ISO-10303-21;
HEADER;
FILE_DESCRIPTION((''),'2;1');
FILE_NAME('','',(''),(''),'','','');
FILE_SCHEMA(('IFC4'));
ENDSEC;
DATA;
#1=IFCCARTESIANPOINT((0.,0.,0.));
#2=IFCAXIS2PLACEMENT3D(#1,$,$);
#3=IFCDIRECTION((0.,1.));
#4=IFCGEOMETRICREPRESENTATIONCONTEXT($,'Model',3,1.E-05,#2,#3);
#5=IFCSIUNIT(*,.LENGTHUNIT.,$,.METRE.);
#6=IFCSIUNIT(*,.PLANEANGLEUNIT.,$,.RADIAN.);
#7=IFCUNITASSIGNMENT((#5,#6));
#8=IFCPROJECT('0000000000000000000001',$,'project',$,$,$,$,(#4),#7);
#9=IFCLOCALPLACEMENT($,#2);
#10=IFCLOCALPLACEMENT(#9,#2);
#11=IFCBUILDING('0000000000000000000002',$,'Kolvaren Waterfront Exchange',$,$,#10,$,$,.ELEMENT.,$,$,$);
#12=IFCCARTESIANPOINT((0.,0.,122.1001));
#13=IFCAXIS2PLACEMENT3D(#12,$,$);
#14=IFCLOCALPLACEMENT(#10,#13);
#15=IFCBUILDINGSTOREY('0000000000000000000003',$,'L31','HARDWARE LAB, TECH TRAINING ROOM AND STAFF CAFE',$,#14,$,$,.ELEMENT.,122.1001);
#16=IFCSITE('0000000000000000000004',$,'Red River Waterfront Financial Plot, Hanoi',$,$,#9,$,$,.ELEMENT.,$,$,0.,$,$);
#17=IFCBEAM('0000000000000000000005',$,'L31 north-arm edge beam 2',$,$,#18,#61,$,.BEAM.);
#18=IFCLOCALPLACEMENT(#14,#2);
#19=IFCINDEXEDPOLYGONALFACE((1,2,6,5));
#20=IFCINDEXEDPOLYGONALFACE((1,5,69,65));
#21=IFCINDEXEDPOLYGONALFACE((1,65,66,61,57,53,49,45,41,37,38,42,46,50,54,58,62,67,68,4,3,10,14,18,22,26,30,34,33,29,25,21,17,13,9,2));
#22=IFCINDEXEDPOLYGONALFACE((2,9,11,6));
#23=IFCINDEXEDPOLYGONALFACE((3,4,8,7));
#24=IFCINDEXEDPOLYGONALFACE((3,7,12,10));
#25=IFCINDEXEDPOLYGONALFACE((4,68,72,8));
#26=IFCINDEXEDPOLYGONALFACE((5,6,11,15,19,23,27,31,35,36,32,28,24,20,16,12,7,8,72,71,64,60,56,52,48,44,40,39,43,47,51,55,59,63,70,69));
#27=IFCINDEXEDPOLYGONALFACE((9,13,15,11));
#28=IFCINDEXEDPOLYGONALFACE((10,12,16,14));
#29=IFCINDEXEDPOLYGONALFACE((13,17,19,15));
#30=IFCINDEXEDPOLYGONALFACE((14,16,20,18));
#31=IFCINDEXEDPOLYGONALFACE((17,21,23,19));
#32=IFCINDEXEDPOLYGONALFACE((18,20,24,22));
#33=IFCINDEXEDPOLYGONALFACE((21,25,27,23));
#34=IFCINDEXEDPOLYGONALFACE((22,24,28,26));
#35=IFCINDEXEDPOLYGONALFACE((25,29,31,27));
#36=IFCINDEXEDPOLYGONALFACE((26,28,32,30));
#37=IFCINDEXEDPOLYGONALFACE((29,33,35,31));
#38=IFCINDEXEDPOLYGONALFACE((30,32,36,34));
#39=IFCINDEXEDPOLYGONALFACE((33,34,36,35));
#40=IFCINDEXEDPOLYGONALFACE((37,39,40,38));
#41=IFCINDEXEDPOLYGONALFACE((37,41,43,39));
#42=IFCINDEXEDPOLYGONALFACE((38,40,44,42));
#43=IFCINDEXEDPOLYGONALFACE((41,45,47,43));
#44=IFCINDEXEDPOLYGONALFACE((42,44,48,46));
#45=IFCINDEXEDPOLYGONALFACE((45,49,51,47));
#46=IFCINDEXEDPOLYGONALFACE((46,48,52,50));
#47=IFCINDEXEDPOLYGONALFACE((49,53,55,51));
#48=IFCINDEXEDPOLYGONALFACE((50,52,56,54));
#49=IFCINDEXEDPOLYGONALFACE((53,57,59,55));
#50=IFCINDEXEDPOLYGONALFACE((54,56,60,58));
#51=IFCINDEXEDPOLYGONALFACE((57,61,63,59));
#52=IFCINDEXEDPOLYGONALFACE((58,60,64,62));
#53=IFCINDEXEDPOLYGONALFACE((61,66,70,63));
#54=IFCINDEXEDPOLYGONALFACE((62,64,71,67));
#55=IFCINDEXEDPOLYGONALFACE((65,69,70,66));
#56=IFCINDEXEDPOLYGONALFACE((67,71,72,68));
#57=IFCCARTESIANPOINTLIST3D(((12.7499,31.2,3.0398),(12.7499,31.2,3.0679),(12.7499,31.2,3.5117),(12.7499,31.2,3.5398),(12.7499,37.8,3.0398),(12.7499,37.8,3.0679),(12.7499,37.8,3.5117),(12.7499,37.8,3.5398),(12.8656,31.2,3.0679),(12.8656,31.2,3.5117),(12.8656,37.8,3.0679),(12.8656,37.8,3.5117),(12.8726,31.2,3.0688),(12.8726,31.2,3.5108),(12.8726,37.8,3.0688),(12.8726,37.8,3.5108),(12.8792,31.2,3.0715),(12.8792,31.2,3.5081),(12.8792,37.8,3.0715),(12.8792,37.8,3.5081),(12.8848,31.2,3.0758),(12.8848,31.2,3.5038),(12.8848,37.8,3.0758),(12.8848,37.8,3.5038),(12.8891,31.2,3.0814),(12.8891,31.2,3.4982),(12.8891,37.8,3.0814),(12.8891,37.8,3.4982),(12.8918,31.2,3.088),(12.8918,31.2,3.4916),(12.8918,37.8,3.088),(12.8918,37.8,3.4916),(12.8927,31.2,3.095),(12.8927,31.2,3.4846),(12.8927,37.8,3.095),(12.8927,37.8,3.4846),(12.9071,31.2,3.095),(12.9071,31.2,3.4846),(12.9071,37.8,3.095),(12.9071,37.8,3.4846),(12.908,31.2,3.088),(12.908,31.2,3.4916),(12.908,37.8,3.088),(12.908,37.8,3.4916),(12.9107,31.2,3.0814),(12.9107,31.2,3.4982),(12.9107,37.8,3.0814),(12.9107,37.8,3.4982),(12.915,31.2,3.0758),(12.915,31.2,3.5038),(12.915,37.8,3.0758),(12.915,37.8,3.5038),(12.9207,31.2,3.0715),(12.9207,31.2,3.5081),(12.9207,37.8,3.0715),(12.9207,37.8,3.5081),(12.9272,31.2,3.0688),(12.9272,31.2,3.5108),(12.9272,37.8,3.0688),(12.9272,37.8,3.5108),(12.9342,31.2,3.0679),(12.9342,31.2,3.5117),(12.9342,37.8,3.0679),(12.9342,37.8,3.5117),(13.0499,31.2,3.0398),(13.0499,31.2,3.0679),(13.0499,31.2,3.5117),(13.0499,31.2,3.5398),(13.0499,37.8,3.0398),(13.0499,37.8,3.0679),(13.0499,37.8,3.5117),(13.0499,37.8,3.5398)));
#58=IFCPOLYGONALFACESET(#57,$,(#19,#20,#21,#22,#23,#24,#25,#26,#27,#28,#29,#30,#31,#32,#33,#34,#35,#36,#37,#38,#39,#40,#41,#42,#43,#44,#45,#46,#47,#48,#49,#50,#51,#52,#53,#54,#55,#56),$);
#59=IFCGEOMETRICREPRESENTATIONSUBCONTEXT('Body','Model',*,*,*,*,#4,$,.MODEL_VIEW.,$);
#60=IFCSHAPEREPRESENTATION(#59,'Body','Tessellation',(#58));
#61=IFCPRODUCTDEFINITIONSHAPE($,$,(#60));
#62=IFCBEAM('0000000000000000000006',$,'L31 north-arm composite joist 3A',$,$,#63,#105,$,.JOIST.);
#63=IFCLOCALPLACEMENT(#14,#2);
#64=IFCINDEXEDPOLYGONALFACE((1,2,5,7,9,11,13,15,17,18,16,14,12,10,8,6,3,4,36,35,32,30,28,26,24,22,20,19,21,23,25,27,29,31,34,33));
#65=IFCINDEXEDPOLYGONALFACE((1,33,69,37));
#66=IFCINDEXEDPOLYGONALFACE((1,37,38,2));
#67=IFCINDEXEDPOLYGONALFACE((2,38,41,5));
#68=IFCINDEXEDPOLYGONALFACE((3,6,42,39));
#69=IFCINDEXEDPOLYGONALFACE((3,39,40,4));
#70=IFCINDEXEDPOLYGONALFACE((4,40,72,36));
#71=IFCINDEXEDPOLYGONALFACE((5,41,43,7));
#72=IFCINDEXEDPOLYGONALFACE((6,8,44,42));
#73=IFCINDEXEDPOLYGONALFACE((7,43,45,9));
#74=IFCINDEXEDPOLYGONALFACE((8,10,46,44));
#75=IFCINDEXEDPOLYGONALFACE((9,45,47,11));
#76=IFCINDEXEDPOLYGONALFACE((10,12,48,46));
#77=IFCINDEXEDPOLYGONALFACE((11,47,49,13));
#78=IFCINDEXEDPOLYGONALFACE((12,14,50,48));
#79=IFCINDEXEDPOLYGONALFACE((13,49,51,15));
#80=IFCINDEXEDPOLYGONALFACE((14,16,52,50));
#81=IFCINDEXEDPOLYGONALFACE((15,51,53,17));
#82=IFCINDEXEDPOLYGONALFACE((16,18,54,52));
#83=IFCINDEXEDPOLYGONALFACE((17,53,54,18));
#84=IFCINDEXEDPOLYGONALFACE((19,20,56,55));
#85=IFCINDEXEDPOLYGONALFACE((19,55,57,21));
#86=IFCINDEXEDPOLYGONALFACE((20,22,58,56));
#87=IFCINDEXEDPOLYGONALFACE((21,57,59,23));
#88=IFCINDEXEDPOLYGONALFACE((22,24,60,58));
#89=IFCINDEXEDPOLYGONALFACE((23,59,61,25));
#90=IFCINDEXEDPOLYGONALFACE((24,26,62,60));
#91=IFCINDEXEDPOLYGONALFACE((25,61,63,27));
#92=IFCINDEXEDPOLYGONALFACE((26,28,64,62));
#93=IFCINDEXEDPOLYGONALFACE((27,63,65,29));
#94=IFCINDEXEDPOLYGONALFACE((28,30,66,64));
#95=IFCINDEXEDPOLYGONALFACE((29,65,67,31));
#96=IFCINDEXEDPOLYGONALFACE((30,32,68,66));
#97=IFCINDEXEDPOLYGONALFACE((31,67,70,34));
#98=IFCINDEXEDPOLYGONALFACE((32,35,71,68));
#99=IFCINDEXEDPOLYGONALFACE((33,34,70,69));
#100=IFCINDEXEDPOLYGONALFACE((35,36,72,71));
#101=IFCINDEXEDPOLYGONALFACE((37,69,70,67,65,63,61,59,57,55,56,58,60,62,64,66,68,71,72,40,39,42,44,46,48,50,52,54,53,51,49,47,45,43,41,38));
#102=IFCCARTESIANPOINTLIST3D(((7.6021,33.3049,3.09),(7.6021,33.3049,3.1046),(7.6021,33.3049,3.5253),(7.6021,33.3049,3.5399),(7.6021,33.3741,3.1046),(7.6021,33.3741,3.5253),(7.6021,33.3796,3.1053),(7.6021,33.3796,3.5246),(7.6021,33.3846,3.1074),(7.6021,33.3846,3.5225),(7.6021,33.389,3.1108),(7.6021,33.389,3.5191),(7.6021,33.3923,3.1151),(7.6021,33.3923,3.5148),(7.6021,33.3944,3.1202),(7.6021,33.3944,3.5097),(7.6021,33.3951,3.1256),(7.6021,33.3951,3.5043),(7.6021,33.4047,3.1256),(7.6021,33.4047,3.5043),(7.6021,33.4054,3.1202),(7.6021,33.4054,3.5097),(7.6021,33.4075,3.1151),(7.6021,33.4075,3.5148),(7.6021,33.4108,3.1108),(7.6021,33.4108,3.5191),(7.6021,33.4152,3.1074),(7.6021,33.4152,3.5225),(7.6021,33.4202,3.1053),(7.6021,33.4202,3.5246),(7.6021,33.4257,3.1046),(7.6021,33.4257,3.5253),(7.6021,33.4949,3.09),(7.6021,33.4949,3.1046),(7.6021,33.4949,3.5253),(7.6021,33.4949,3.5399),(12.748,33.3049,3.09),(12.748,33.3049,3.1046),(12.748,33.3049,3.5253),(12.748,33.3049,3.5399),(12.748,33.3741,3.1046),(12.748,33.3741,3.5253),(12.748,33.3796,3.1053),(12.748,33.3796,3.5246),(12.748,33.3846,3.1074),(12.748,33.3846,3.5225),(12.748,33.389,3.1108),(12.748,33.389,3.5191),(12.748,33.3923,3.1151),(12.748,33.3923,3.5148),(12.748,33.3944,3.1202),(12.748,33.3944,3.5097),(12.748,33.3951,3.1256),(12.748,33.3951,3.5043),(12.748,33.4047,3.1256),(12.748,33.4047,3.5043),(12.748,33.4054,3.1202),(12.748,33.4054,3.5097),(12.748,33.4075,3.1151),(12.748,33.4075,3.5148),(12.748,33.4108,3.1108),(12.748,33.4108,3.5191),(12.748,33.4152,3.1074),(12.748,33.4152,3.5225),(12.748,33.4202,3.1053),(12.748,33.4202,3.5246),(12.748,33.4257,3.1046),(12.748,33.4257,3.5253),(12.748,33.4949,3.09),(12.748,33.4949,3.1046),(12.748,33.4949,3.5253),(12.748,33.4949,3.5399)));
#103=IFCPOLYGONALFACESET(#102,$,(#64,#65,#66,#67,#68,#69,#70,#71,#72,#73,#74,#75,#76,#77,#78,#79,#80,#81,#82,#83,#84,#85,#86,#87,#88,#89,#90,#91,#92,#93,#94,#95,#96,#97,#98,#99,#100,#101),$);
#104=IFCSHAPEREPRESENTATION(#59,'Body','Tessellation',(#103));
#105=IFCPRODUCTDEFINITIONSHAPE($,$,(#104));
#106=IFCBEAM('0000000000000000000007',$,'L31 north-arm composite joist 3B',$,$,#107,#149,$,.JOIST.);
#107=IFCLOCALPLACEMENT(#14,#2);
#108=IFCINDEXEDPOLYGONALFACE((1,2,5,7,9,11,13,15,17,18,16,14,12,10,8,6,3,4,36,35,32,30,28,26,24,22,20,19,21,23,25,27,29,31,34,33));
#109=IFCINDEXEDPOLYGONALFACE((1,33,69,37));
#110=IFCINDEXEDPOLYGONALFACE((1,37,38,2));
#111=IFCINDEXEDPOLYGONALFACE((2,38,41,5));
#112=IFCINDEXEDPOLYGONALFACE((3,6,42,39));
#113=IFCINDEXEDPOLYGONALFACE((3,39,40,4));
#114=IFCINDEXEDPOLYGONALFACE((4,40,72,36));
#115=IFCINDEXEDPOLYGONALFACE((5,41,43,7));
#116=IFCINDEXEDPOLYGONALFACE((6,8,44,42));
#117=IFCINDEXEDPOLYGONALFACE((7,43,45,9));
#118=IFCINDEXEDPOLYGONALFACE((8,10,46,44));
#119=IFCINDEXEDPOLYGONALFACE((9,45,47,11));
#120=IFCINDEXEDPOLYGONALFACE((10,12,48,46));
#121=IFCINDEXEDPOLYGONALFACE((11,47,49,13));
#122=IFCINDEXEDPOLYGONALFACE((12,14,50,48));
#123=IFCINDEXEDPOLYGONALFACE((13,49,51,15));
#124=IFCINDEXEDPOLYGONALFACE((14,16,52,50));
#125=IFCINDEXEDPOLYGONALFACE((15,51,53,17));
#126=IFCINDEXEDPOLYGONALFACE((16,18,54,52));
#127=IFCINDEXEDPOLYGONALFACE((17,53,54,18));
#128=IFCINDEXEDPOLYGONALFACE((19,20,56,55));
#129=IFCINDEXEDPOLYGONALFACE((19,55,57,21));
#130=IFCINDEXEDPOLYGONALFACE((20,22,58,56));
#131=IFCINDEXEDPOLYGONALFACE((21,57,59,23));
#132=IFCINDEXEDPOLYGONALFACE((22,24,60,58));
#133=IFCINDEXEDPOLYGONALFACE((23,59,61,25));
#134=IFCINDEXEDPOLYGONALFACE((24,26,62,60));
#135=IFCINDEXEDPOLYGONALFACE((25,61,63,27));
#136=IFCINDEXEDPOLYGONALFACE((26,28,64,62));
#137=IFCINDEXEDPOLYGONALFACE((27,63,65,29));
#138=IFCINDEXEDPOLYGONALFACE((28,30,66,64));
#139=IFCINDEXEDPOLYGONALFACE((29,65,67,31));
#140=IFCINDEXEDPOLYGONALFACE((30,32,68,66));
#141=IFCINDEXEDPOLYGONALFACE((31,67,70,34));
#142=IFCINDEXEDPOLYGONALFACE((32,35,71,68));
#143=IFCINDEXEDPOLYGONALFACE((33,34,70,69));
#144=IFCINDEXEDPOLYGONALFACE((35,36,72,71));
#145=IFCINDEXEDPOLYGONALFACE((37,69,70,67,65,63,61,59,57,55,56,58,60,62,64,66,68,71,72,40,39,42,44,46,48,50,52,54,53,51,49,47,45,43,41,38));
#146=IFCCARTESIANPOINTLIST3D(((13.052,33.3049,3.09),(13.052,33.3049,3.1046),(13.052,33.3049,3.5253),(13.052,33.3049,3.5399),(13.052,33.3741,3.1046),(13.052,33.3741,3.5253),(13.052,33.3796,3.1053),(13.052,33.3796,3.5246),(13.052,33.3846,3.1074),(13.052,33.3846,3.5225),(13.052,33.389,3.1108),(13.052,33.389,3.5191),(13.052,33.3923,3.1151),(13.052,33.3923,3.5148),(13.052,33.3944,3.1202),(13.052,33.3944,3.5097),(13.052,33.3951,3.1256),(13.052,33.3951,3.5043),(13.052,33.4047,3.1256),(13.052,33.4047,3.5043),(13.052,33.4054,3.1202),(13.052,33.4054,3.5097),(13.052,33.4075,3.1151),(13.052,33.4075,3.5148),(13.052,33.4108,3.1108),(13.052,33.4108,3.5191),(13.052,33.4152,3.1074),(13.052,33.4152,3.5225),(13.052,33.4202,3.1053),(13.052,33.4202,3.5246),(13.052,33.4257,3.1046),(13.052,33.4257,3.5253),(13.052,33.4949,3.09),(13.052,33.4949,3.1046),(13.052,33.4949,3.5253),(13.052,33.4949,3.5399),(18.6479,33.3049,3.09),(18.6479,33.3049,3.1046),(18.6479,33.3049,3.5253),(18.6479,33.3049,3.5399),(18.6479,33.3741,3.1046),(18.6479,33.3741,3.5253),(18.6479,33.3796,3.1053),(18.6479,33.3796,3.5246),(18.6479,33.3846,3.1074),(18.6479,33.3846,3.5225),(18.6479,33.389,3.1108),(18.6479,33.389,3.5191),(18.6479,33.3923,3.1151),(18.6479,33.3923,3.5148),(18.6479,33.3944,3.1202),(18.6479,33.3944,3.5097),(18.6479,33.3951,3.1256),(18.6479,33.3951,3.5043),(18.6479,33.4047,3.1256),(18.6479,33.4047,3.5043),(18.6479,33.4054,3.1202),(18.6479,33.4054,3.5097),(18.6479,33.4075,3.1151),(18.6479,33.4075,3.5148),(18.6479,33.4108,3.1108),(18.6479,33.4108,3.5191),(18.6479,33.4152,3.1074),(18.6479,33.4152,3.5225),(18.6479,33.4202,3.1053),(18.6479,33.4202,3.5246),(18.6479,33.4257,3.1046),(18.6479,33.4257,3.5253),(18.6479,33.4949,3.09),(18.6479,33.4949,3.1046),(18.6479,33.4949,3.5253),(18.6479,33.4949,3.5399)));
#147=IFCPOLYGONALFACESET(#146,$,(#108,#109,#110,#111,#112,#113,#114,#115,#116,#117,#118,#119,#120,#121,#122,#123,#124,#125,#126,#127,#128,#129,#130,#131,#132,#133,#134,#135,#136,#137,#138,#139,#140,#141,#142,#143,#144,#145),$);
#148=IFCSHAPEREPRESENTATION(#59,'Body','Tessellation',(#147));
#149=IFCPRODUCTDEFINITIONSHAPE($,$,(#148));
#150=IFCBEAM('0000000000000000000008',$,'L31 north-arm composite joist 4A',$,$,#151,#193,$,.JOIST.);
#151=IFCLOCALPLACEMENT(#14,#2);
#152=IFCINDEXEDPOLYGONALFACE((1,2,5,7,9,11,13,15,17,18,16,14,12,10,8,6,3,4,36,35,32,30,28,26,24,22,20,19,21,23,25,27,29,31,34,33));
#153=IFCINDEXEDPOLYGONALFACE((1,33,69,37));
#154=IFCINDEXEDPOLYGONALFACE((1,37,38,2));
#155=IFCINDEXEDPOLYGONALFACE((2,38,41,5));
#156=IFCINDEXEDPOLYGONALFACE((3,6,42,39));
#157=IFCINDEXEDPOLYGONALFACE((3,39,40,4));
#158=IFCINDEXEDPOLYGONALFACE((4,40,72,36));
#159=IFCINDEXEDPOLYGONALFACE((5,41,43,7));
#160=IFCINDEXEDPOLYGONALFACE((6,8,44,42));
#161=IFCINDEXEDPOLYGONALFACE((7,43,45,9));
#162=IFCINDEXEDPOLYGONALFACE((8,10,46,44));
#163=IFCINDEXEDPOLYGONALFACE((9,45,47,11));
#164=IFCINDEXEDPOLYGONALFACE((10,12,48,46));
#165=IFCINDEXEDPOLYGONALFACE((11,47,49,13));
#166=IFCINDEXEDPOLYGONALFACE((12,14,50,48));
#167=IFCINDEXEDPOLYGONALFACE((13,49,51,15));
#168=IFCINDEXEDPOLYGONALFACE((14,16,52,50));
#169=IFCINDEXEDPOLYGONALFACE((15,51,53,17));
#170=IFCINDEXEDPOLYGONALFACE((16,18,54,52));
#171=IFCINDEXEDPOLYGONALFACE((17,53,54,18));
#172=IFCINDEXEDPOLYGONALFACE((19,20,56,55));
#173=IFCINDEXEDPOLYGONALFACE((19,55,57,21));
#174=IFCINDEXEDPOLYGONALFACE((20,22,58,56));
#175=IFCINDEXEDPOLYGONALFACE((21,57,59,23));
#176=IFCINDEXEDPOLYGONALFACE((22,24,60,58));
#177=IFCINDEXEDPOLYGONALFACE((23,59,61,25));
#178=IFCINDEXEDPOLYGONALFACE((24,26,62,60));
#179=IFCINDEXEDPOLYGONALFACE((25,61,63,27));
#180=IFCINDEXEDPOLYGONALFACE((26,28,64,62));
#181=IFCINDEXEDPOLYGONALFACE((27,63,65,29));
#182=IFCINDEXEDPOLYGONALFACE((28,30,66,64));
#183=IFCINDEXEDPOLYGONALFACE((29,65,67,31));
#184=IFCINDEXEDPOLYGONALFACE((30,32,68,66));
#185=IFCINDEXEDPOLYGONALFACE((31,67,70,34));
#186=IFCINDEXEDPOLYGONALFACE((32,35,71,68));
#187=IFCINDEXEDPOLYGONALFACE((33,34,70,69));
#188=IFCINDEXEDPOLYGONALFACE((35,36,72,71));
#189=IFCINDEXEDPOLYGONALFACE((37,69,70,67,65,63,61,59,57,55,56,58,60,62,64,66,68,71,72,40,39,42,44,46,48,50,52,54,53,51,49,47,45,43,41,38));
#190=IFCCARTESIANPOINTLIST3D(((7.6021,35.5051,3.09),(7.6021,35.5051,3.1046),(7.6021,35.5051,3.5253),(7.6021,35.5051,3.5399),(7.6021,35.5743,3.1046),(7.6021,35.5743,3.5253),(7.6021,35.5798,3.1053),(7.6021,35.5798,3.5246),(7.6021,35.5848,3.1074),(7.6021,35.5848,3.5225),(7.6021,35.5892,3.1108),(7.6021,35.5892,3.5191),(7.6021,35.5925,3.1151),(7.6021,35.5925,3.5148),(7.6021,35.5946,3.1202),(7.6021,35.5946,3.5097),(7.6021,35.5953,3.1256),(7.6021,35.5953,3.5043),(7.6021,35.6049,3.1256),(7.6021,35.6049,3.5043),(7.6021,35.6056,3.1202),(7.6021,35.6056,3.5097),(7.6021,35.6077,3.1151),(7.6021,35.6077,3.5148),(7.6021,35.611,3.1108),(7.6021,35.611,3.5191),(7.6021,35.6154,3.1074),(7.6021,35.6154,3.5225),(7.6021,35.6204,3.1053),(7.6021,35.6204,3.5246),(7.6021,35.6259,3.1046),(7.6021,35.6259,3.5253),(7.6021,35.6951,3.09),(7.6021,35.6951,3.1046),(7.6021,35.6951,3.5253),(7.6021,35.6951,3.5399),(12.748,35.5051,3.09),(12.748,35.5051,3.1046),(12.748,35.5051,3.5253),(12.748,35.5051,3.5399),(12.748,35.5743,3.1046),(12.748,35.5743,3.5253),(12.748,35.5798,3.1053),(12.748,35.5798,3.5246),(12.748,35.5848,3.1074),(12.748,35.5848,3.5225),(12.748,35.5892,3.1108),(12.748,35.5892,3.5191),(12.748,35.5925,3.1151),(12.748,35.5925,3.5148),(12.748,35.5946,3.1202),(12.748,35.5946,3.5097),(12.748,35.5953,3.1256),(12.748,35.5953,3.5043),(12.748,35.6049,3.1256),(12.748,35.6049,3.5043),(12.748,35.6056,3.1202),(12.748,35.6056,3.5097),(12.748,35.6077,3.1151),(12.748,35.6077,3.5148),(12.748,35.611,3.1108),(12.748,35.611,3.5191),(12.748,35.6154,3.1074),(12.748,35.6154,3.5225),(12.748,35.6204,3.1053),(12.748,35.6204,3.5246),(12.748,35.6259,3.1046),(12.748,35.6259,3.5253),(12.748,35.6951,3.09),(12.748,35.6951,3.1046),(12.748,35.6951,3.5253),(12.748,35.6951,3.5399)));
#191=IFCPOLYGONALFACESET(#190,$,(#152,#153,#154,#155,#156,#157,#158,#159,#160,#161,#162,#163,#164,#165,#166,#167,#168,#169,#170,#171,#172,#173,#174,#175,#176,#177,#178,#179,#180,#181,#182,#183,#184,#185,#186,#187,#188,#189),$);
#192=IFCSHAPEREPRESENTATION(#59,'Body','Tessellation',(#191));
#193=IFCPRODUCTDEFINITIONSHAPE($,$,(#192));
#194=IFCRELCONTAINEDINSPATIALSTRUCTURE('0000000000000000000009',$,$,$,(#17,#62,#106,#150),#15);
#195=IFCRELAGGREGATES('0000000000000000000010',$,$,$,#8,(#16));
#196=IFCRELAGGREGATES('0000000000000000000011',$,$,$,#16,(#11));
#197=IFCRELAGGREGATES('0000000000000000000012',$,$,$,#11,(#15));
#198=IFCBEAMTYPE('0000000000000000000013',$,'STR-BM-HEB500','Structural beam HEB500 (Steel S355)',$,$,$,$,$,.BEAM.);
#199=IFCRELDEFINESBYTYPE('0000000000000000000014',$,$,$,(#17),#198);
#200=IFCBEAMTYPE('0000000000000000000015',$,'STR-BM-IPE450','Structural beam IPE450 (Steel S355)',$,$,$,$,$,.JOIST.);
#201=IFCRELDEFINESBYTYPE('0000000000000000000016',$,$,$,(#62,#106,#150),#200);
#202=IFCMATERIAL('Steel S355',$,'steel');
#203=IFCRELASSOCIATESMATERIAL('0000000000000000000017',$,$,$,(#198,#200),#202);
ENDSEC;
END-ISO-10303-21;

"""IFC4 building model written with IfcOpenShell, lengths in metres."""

from ifc_helpers import new_model, si_unit, direction, frame, origin, origin_2d, place, context, subcontext, project, spatial, i_section, extrude, material, material_profile, profile_set, type_object, element, save


model = new_model("IFC4")

# Units and contexts
model_context = context("Model", 3, precision=1e-05, world=origin(), true_north=direction((0.0, 1.0)))
body_context = subcontext(model_context, "Body", "Model", "MODEL_VIEW")
ifc_project = project(units=[si_unit("LENGTHUNIT", "METRE"), si_unit("PLANEANGLEUNIT", "RADIAN")], contexts=[model_context])

# Site, building, storey
site_placement = place(None, origin())
site = spatial("IfcSite", under=ifc_project, at=site_placement, Name="Red River Waterfront Financial Plot, Hanoi", CompositionType="ELEMENT", RefElevation=0.0)
building_placement = place(site_placement, origin())
building = spatial("IfcBuilding", under=site, at=building_placement, Name="Kolvaren Waterfront Exchange", CompositionType="ELEMENT")
storey_placement = place(building_placement, frame((0.0, 0.0, 122.1001)))
storey = spatial("IfcBuildingStorey", under=building, at=storey_placement, Name="L31", Description="HARDWARE LAB, TECH TRAINING ROOM AND STAFF CAFE", CompositionType="ELEMENT", Elevation=122.1001)

# Beams
ifc_material_1 = material(Name="Steel S355", Category="steel")
ifc_material_profile_1 = material_profile(ifc_material_1, i_section(OverallWidth=0.3, OverallDepth=0.5, WebThickness=0.0144, FlangeThickness=0.0281, FilletRadius=0.0271, at=origin_2d()), Name="HEB500")
ifc_profile_set_1 = profile_set([ifc_material_profile_1], Name="Steel S355")
beam_type_1 = type_object("IfcBeamType", Name="STR-BM-HEB500", Description="Structural beam HEB500 (Steel S355)", PredefinedType="BEAM", material=ifc_profile_set_1)
beam_1_placement = place(storey_placement, frame((12.8999, 31.2, 3.2898), z_axis=(0.0, 1.0, 0.0), x_axis=(-1.0, 0.0, 0.0)))
element("IfcBeam", 1, at=beam_1_placement, inside=storey, type_object=beam_type_1, Name="L31 north-arm edge beam 2", PredefinedType="BEAM", context=body_context, shape_type="SweptSolid", body=[
    extrude(i_section(OverallWidth=0.3, OverallDepth=0.5, WebThickness=0.0144, FlangeThickness=0.0281, FilletRadius=0.0271, at=origin_2d()), origin(), (0.0, 0.0, 1.0), 6.6001),
])
ifc_material_profile_2 = material_profile(ifc_material_1, i_section(OverallWidth=0.1899, OverallDepth=0.45, WebThickness=0.0095, FlangeThickness=0.0146, FilletRadius=0.021, at=origin_2d()), Name="IPE450")
ifc_profile_set_2 = profile_set([ifc_material_profile_2], Name="Steel S355")
beam_type_2 = type_object("IfcBeamType", Name="STR-BM-IPE450", Description="Structural beam IPE450 (Steel S355)", PredefinedType="JOIST", material=ifc_profile_set_2)
beam_2_placement = place(storey_placement, frame((7.6021, 33.3999, 3.3149), z_axis=(1.0, 0.0, 0.0), x_axis=(0.0, 1.0, 0.0)))
element("IfcBeam", 2, at=beam_2_placement, inside=storey, type_object=beam_type_2, Name="L31 north-arm composite joist 3A", PredefinedType="JOIST", context=body_context, shape_type="SweptSolid", body=[
    extrude(i_section(OverallWidth=0.1899, OverallDepth=0.45, WebThickness=0.0095, FlangeThickness=0.0146, FilletRadius=0.021, at=origin_2d()), origin(), (0.0, 0.0, 1.0), 5.146),
])
beam_3_placement = place(storey_placement, frame((13.052, 33.3999, 3.3149), z_axis=(1.0, 0.0, 0.0), x_axis=(0.0, 1.0, 0.0)))
element("IfcBeam", 3, at=beam_3_placement, inside=storey, type_object=beam_type_2, Name="L31 north-arm composite joist 3B", PredefinedType="JOIST", context=body_context, shape_type="SweptSolid", body=[
    extrude(i_section(OverallWidth=0.1899, OverallDepth=0.45, WebThickness=0.0095, FlangeThickness=0.0146, FilletRadius=0.021, at=origin_2d()), origin(), (0.0, 0.0, 1.0), 5.5959),
])
beam_4_placement = place(storey_placement, frame((7.6021, 35.6001, 3.3149), z_axis=(1.0, 0.0, 0.0), x_axis=(0.0, 1.0, 0.0)))
element("IfcBeam", 4, at=beam_4_placement, inside=storey, type_object=beam_type_2, Name="L31 north-arm composite joist 4A", PredefinedType="JOIST", context=body_context, shape_type="SweptSolid", body=[
    extrude(i_section(OverallWidth=0.1899, OverallDepth=0.45, WebThickness=0.0095, FlangeThickness=0.0146, FilletRadius=0.021, at=origin_2d()), origin(), (0.0, 0.0, 1.0), 5.146),
])

save(model, "model.ifc")
